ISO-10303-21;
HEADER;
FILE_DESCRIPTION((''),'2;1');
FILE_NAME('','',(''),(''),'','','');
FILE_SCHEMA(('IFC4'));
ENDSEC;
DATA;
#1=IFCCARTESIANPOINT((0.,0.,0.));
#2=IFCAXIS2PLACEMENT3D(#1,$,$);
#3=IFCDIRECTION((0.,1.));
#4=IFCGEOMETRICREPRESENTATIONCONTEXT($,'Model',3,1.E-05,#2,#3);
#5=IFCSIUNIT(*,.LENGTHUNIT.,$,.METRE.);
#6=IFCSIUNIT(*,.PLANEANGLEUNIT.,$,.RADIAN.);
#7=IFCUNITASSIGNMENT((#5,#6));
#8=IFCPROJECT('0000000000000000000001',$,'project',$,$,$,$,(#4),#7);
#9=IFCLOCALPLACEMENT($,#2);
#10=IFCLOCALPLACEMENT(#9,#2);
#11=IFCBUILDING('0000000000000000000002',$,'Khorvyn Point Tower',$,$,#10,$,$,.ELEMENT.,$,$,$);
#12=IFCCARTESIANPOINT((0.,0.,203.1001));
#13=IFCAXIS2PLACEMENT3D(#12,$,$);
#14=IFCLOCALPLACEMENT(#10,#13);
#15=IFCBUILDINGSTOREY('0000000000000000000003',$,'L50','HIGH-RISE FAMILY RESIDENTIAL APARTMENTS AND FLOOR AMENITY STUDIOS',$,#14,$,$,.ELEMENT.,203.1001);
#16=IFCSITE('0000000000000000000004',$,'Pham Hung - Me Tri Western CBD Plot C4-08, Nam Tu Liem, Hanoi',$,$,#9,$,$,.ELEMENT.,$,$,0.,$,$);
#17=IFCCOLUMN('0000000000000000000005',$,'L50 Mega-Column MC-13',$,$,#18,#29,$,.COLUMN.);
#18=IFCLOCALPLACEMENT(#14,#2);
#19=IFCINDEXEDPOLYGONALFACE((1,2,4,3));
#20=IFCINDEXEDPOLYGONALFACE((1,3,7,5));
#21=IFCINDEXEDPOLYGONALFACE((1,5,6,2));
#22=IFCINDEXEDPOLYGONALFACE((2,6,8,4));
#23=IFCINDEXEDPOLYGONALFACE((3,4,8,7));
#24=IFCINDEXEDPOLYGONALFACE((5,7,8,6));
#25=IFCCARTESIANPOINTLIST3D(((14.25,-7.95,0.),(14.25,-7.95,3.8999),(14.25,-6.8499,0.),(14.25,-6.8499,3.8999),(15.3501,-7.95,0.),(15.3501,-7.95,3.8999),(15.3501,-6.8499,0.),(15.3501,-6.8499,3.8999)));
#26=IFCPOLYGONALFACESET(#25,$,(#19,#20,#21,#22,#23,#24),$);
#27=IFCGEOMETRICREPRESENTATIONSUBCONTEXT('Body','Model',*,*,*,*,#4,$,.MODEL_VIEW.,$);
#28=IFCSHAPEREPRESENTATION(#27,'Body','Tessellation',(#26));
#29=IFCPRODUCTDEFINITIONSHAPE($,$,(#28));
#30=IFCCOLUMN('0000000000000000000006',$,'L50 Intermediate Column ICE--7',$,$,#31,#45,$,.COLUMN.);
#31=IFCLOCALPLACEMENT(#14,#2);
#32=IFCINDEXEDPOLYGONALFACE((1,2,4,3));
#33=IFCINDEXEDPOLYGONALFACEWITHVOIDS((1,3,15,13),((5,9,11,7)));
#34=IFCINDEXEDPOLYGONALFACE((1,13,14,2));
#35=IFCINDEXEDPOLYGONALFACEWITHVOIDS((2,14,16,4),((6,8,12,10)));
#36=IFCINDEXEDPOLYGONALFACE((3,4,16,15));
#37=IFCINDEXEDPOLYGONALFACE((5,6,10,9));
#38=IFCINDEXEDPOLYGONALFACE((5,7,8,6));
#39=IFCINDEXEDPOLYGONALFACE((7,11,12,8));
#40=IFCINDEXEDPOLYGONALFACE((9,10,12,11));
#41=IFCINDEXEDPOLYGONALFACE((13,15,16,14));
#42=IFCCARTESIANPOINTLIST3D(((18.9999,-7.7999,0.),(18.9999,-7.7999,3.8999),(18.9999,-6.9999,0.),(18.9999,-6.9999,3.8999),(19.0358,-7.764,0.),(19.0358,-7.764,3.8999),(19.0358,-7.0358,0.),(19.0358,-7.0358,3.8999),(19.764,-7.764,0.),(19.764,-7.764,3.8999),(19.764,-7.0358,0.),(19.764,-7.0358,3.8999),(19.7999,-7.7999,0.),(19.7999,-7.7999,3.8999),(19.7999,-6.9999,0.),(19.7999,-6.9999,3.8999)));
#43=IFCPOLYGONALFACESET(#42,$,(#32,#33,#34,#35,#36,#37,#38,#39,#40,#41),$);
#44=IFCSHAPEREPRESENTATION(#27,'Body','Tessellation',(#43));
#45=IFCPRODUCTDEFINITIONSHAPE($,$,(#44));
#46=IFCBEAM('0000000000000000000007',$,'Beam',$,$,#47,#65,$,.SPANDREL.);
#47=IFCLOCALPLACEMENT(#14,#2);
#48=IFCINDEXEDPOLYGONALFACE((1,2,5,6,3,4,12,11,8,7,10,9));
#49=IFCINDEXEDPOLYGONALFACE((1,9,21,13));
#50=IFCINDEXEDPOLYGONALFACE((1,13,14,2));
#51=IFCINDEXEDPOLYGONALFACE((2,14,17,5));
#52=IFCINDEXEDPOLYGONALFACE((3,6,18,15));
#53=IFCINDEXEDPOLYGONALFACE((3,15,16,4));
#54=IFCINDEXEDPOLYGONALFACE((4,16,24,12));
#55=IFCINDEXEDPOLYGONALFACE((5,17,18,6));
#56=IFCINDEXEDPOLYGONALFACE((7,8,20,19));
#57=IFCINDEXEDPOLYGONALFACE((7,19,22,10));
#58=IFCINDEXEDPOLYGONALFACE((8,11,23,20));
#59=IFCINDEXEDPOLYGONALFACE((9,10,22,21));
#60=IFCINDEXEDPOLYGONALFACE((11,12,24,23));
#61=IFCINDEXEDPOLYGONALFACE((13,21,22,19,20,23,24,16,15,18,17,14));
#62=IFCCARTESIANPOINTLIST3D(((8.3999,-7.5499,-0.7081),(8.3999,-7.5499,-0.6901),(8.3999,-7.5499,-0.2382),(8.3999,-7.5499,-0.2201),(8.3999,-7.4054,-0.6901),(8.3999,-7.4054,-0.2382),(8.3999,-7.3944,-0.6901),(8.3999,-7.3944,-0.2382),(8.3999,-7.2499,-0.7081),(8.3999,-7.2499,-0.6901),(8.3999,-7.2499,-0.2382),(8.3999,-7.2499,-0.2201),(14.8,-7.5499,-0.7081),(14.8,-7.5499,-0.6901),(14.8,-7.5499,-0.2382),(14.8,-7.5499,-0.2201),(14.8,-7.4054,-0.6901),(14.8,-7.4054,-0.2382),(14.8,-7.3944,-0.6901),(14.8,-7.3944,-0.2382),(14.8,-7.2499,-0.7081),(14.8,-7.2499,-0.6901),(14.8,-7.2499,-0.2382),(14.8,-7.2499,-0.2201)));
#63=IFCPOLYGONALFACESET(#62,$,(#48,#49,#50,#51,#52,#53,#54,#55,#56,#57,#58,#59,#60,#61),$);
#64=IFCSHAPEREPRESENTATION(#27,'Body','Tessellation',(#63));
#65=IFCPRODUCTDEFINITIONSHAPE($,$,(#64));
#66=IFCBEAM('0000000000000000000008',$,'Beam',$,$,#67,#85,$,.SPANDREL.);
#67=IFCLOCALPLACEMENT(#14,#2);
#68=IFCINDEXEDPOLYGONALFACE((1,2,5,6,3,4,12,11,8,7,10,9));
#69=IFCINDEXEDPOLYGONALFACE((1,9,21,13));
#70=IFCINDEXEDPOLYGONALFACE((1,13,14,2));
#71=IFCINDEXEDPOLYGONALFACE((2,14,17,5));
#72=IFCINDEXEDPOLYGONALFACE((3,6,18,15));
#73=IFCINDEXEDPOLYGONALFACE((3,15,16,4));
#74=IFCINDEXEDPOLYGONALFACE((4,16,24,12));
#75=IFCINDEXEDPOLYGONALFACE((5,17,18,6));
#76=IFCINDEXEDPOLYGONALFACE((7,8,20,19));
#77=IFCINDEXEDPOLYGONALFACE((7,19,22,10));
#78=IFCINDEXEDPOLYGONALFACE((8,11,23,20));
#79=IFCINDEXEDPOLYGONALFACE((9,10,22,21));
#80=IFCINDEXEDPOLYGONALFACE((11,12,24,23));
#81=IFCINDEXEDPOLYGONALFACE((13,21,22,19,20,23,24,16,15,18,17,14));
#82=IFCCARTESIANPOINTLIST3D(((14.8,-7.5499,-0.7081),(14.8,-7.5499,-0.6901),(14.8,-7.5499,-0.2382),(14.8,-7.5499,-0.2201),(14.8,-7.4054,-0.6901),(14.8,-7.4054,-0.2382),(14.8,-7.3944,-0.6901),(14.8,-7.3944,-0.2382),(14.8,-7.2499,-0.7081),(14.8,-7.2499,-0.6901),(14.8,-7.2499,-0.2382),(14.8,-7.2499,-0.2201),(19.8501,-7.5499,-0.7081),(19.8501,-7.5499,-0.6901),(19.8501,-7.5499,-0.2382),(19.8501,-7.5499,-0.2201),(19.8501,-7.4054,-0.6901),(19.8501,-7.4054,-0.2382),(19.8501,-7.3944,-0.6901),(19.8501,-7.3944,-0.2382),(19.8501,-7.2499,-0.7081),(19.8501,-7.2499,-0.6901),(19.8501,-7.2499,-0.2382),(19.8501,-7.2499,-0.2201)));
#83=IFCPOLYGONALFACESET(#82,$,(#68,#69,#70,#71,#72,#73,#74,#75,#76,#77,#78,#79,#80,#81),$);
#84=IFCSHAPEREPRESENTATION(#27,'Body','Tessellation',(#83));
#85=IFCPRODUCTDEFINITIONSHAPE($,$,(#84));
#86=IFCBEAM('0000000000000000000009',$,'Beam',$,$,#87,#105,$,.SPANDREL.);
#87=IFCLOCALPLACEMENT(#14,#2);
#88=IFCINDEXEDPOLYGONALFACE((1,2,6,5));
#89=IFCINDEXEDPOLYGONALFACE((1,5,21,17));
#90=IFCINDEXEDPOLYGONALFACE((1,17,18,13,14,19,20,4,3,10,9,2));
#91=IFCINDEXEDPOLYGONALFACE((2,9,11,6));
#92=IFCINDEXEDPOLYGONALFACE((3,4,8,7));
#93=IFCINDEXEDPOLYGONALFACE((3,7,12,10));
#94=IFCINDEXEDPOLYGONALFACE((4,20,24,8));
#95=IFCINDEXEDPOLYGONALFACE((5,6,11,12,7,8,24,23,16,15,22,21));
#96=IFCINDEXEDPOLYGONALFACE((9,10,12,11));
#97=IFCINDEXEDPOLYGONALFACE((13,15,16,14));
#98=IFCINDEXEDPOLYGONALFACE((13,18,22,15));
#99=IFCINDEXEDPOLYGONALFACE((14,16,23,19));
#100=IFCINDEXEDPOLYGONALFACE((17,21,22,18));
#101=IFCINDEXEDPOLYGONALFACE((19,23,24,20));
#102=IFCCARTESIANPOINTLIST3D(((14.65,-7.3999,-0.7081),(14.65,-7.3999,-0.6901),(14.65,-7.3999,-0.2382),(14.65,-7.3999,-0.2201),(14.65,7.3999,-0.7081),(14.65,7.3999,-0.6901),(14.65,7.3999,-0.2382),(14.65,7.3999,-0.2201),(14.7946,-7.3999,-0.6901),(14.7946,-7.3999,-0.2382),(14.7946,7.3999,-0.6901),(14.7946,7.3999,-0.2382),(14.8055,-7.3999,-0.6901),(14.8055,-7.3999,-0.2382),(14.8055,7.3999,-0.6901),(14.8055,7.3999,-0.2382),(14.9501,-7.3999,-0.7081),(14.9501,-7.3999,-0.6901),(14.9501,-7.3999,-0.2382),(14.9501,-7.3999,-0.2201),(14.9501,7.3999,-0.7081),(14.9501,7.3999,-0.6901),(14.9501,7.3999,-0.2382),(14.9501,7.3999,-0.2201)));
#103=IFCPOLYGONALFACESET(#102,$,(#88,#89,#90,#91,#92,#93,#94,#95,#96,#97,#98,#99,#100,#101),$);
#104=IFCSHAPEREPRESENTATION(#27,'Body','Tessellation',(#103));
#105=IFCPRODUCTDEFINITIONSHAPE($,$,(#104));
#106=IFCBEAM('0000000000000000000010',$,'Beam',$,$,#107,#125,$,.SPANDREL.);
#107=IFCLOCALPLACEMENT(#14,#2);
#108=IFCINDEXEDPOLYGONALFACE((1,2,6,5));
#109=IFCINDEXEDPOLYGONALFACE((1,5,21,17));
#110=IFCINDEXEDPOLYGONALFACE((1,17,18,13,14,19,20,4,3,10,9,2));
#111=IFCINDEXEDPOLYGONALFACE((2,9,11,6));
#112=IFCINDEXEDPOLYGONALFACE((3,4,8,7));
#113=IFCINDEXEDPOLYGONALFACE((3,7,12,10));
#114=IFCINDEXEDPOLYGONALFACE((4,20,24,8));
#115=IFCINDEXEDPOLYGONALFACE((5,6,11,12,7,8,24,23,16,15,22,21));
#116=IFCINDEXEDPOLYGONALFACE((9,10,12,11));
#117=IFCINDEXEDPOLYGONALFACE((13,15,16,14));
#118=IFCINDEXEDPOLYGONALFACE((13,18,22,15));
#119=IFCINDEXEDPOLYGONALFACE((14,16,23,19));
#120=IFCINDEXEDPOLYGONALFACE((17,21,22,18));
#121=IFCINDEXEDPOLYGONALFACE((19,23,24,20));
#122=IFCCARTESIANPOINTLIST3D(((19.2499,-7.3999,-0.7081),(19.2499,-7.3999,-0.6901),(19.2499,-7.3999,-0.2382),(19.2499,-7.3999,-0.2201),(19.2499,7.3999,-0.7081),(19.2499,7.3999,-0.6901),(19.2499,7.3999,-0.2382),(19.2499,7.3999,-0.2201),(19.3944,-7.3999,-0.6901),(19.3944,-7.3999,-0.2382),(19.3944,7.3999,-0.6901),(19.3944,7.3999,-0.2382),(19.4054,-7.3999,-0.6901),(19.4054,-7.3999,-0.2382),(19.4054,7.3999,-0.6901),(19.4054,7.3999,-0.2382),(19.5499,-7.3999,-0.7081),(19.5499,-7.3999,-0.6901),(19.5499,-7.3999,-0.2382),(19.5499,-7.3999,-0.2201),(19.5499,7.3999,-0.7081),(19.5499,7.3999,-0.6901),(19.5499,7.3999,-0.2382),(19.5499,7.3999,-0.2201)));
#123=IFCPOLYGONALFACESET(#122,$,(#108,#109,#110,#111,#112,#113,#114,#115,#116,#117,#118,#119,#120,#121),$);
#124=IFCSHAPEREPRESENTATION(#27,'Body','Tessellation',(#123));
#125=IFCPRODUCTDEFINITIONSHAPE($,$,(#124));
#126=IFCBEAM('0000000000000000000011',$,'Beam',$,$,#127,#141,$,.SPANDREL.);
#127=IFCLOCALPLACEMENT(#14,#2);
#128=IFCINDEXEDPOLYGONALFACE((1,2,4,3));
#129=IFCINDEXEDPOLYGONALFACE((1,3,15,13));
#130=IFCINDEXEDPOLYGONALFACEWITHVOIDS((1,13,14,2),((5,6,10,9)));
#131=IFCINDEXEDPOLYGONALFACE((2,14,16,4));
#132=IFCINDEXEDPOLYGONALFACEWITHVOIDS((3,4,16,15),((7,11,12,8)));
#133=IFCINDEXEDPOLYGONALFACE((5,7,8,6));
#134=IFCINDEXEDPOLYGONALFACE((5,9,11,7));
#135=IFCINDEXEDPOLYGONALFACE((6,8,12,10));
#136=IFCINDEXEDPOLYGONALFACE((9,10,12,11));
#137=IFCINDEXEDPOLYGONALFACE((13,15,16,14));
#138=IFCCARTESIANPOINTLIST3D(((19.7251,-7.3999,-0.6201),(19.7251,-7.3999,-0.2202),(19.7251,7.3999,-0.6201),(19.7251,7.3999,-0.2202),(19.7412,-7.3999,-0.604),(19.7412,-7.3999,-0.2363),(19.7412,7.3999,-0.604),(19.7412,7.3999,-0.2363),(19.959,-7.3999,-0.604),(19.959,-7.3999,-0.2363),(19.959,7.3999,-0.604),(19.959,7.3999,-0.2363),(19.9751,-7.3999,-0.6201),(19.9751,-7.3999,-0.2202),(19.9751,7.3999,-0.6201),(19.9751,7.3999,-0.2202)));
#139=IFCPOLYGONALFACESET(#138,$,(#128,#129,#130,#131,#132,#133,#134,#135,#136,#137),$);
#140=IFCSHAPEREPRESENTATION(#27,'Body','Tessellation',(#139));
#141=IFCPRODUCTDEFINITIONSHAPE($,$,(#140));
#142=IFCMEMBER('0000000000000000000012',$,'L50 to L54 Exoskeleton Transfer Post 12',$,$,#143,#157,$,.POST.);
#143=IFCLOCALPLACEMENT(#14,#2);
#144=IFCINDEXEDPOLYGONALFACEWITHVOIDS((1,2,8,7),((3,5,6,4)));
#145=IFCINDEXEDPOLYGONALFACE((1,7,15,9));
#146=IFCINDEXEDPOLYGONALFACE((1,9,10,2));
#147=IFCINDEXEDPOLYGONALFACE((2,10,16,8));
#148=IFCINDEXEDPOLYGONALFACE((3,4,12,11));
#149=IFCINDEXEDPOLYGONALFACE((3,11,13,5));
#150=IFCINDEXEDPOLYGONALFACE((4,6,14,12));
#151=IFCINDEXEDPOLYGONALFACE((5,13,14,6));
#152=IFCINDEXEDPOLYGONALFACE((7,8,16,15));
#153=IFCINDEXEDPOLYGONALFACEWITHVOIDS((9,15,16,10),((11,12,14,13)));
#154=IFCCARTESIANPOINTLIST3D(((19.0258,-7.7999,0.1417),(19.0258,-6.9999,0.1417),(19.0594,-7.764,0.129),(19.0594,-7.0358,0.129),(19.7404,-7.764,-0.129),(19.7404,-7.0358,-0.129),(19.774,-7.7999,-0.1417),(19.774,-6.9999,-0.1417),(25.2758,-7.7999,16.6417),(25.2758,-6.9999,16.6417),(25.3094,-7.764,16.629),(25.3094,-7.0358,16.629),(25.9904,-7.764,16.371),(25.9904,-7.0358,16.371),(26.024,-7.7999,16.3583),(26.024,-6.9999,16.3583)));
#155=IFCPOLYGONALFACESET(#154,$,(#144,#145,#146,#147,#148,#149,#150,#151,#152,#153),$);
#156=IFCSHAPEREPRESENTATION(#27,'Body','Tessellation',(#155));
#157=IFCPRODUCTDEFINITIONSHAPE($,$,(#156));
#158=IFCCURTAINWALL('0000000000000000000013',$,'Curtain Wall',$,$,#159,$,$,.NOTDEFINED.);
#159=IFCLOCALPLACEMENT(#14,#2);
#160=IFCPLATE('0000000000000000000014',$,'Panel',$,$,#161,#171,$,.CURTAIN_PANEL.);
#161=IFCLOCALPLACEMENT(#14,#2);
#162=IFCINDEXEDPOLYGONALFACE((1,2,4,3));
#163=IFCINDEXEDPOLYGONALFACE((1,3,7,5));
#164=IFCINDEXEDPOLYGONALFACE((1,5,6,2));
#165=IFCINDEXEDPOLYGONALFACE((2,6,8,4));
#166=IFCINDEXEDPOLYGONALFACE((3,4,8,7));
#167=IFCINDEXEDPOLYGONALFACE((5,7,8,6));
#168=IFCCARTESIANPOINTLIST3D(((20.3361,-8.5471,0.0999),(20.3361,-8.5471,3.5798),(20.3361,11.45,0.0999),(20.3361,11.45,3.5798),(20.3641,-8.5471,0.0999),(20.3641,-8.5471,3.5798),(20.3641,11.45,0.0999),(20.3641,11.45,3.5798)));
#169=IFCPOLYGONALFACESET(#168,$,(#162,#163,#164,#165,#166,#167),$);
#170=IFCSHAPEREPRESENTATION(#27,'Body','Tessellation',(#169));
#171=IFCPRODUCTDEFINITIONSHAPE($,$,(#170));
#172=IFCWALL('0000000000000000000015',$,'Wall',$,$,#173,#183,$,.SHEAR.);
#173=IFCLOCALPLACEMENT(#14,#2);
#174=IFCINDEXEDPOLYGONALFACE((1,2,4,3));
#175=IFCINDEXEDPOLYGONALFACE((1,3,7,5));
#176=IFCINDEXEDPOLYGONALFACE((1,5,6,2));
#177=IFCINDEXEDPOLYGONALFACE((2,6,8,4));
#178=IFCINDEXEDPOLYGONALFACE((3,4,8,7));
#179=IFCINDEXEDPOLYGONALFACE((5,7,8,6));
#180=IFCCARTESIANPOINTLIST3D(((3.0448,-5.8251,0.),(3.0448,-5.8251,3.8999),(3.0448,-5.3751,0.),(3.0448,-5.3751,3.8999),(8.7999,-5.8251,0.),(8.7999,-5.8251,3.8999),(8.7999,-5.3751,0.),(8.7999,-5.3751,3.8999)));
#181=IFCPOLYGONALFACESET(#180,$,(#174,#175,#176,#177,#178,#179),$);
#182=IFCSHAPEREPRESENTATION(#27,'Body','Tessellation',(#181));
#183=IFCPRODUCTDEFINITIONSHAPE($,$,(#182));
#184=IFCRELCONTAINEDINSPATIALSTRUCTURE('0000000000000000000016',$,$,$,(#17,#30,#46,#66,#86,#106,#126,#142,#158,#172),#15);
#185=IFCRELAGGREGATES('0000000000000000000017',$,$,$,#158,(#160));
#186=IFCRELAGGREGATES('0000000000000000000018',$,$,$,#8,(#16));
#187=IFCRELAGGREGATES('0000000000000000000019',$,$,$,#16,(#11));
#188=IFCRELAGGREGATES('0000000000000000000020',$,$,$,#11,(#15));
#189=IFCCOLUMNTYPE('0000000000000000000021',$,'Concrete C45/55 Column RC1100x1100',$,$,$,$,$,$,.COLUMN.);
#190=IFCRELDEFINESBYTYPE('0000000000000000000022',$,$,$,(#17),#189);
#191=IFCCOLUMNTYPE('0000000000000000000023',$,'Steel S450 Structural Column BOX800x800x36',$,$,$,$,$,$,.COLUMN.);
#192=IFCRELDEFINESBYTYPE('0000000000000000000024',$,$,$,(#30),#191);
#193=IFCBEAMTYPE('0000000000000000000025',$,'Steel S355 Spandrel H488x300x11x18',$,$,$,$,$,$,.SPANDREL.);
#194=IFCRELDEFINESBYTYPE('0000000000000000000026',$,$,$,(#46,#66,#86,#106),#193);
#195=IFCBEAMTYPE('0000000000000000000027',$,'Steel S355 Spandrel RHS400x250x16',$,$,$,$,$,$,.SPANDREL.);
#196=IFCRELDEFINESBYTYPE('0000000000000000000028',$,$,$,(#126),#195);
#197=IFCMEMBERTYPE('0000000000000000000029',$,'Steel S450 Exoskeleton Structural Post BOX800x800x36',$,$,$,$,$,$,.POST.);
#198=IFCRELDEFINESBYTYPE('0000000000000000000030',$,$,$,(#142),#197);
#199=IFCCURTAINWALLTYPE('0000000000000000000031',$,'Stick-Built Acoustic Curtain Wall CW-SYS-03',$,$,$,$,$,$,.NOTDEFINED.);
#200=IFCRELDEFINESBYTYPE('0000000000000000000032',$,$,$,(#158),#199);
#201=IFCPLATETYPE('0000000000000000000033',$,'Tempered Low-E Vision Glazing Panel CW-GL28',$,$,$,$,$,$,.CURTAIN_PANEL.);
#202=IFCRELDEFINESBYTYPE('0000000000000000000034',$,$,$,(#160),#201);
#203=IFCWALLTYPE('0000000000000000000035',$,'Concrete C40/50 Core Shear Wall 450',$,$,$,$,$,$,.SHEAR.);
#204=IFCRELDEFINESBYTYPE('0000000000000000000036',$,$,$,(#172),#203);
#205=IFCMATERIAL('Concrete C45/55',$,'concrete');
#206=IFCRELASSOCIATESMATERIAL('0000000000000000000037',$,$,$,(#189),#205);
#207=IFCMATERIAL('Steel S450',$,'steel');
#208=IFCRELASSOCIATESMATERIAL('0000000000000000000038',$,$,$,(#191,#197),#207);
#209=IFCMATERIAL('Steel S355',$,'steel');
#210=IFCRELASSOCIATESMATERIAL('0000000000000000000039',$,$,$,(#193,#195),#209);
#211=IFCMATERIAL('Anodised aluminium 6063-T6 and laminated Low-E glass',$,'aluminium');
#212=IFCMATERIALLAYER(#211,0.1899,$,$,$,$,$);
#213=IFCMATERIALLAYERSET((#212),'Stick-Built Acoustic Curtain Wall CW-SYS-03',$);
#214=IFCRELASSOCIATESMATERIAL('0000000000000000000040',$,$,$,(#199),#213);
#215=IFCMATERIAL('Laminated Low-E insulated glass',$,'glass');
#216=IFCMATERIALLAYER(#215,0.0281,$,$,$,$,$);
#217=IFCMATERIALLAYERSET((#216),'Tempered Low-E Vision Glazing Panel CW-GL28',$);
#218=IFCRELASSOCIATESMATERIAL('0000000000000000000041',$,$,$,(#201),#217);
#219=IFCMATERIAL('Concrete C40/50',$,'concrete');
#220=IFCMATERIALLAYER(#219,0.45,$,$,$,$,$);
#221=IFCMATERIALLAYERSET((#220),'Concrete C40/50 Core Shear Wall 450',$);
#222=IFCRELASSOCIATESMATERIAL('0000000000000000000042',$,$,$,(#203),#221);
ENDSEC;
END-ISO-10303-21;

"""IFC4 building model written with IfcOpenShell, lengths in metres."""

from ifc_helpers import new_model, si_unit, direction, frame, frame_2d, origin, origin_2d, place, context, subcontext, project, spatial, rectangle, hollow_rectangle, i_section, extrude, material, layer, layer_set, material_profile, profile_set, type_object, element, aggregate, save


model = new_model("IFC4")

# Units and contexts
model_context = context("Model", 3, precision=1e-05, world=origin(), true_north=direction((0.0, 1.0)))
body_context = subcontext(model_context, "Body", "Model", "MODEL_VIEW")
ifc_project = project(units=[si_unit("LENGTHUNIT", "METRE"), si_unit("PLANEANGLEUNIT", "RADIAN")], contexts=[model_context])

# Site, building, storey
site_placement = place(None, origin())
site = spatial("IfcSite", under=ifc_project, at=site_placement, Name="Pham Hung - Me Tri Western CBD Plot C4-08, Nam Tu Liem, Hanoi", CompositionType="ELEMENT", RefElevation=0.0)
building_placement = place(site_placement, origin())
building = spatial("IfcBuilding", under=site, at=building_placement, Name="Khorvyn Point Tower", CompositionType="ELEMENT")
storey_placement = place(building_placement, frame((0.0, 0.0, 203.1001)))
storey = spatial("IfcBuildingStorey", under=building, at=storey_placement, Name="L50", Description="HIGH-RISE FAMILY RESIDENTIAL APARTMENTS AND FLOOR AMENITY STUDIOS", CompositionType="ELEMENT", Elevation=203.1001)

# Columns
ifc_material_1 = material(Name="Concrete C45/55", Category="concrete")
ifc_material_profile_1 = material_profile(ifc_material_1, rectangle(XDim=1.1001, YDim=1.1001, at=origin_2d()))
ifc_profile_set_1 = profile_set([ifc_material_profile_1], Name="Concrete C45/55 RC1100x1100")
column_type_1 = type_object("IfcColumnType", Name="Concrete C45/55 Column RC1100x1100", PredefinedType="COLUMN", material=ifc_profile_set_1)
column_1_placement = place(storey_placement, frame((14.8, -7.3999, 0.0), z_axis=(0.0, 0.0, 1.0), x_axis=(1.0, 0.0, 0.0)))
element("IfcColumn", 1, at=column_1_placement, inside=storey, type_object=column_type_1, Name="L50 Mega-Column MC-13", PredefinedType="COLUMN", context=body_context, shape_type="SweptSolid", body=[
    extrude(rectangle(XDim=1.1001, YDim=1.1001, at=origin_2d()), origin(), (0.0, 0.0, 1.0), 3.8999),
])
ifc_material_2 = material(Name="Steel S450", Category="steel")
ifc_material_profile_2 = material_profile(ifc_material_2, hollow_rectangle(XDim=0.8, YDim=0.8, WallThickness=0.0359, at=origin_2d()))
ifc_profile_set_2 = profile_set([ifc_material_profile_2], Name="Steel S450 BOX800x800x36")
column_type_2 = type_object("IfcColumnType", Name="Steel S450 Structural Column BOX800x800x36", PredefinedType="COLUMN", material=ifc_profile_set_2)
column_2_placement = place(storey_placement, frame((19.3999, -7.3999, 0.0), z_axis=(0.0, 0.0, 1.0), x_axis=(1.0, 0.0, 0.0)))
element("IfcColumn", 2, at=column_2_placement, inside=storey, type_object=column_type_2, Name="L50 Intermediate Column ICE--7", PredefinedType="COLUMN", context=body_context, shape_type="SweptSolid", body=[
    extrude(hollow_rectangle(XDim=0.8, YDim=0.8, WallThickness=0.0359, at=origin_2d()), origin(), (0.0, 0.0, 1.0), 3.8999),
])

# Beams
ifc_material_3 = material(Name="Steel S355", Category="steel")
ifc_material_profile_3 = material_profile(ifc_material_3, i_section(OverallWidth=0.3, OverallDepth=0.488, WebThickness=0.011, FlangeThickness=0.0181, at=origin_2d()))
ifc_profile_set_3 = profile_set([ifc_material_profile_3], Name="Steel S355 H488x300x11x18")
beam_type_1 = type_object("IfcBeamType", Name="Steel S355 Spandrel H488x300x11x18", PredefinedType="SPANDREL", material=ifc_profile_set_3)
beam_1_placement = place(storey_placement, frame((8.3999, -7.3999, -0.4641), z_axis=(1.0, 0.0, 0.0), x_axis=(0.0, 1.0, 0.0)))
element("IfcBeam", 3, at=beam_1_placement, inside=storey, type_object=beam_type_1, Name="Beam", PredefinedType="SPANDREL", context=body_context, shape_type="SweptSolid", body=[
    extrude(i_section(OverallWidth=0.3, OverallDepth=0.488, WebThickness=0.011, FlangeThickness=0.0181, at=origin_2d()), origin(), (0.0, 0.0, 1.0), 6.4001),
])
beam_2_placement = place(storey_placement, frame((14.8, -7.3999, -0.4641), z_axis=(1.0, 0.0, 0.0), x_axis=(0.0, 1.0, 0.0)))
element("IfcBeam", 4, at=beam_2_placement, inside=storey, type_object=beam_type_1, Name="Beam", PredefinedType="SPANDREL", context=body_context, shape_type="SweptSolid", body=[
    extrude(i_section(OverallWidth=0.3, OverallDepth=0.488, WebThickness=0.011, FlangeThickness=0.0181, at=origin_2d()), origin(), (0.0, 0.0, 1.0), 5.05),
])
for number, where, z_axis, x_axis, name in (
    (5, (14.8, -7.3999, -0.4641), (0.0, 1.0, 0.0), (-1.0, 0.0, 0.0), "Beam"),
    (6, (19.3999, -7.3999, -0.4641), (0.0, 1.0, 0.0), (-1.0, 0.0, 0.0), "Beam"),
):
    element("IfcBeam", number, at=place(storey_placement, frame(where, z_axis=z_axis, x_axis=x_axis)), inside=storey, type_object=beam_type_1, Name=name, PredefinedType="SPANDREL", context=body_context, shape_type="SweptSolid", body=[
        extrude(i_section(OverallWidth=0.3, OverallDepth=0.488, WebThickness=0.011, FlangeThickness=0.0181, at=origin_2d()), origin(), (0.0, 0.0, 1.0), 14.7998),
    ])
ifc_material_profile_4 = material_profile(ifc_material_3, hollow_rectangle(XDim=0.25, YDim=0.3999, WallThickness=0.0161, at=origin_2d()))
ifc_profile_set_4 = profile_set([ifc_material_profile_4], Name="Steel S355 RHS400x250x16")
beam_type_2 = type_object("IfcBeamType", Name="Steel S355 Spandrel RHS400x250x16", PredefinedType="SPANDREL", material=ifc_profile_set_4)
beam_3_placement = place(storey_placement, frame((19.8501, -7.3999, -0.4202), z_axis=(0.0, 1.0, 0.0), x_axis=(-1.0, 0.0, 0.0)))
element("IfcBeam", 7, at=beam_3_placement, inside=storey, type_object=beam_type_2, Name="Beam", PredefinedType="SPANDREL", context=body_context, shape_type="SweptSolid", body=[
    extrude(hollow_rectangle(XDim=0.25, YDim=0.3999, WallThickness=0.0161, at=origin_2d()), origin(), (0.0, 0.0, 1.0), 14.7998),
])

# Member
ifc_material_profile_5 = material_profile(ifc_material_2, hollow_rectangle(XDim=0.8, YDim=0.8, WallThickness=0.0359, at=origin_2d()))
ifc_profile_set_5 = profile_set([ifc_material_profile_5], Name="Steel S450 BOX800x800x36")
member_type = type_object("IfcMemberType", Name="Steel S450 Exoskeleton Structural Post BOX800x800x36", PredefinedType="POST", material=ifc_profile_set_5)
member_placement = place(storey_placement, frame((19.3999, -7.3999, 0.0), z_axis=(0.354227, 0.0, 0.935159), x_axis=(0.0, 1.0, 0.0)))
element("IfcMember", 8, at=member_placement, inside=storey, type_object=member_type, Name="L50 to L54 Exoskeleton Transfer Post 12", PredefinedType="POST", context=body_context, shape_type="SweptSolid", body=[
    extrude(hollow_rectangle(XDim=0.8, YDim=0.8, WallThickness=0.0359, at=origin_2d()), origin(), (0.0, 0.0, 1.0), 17.644),
])

# Curtain wall, plate
ifc_material_4 = material(Name="Anodised aluminium 6063-T6 and laminated Low-E glass", Category="aluminium")
ifc_layer_1 = layer(ifc_material_4, 0.1899)
ifc_layer_set_1 = layer_set([ifc_layer_1], Name="Stick-Built Acoustic Curtain Wall CW-SYS-03")
curtain_wall_type = type_object("IfcCurtainWallType", Name="Stick-Built Acoustic Curtain Wall CW-SYS-03", PredefinedType="NOTDEFINED", material=ifc_layer_set_1)
curtain_wall_placement = place(storey_placement, origin())
curtain_wall = element("IfcCurtainWall", 9, at=curtain_wall_placement, inside=storey, type_object=curtain_wall_type, Name="Curtain Wall", PredefinedType="NOTDEFINED")
ifc_material_5 = material(Name="Laminated Low-E insulated glass", Category="glass")
ifc_layer_2 = layer(ifc_material_5, 0.0281)
ifc_layer_set_2 = layer_set([ifc_layer_2], Name="Tempered Low-E Vision Glazing Panel CW-GL28")
plate_type = type_object("IfcPlateType", Name="Tempered Low-E Vision Glazing Panel CW-GL28", PredefinedType="CURTAIN_PANEL", material=ifc_layer_set_2)
plate_placement = place(storey_placement, frame((20.3501, 1.4514, 0.0999), z_axis=(0.0, 0.0, 1.0), x_axis=(0.0, -1.0, 0.0)))
plate = element("IfcPlate", 10, at=plate_placement, type_object=plate_type, Name="Panel", PredefinedType="CURTAIN_PANEL", context=body_context, shape_type="SweptSolid", body=[
    extrude(rectangle(XDim=19.9971, YDim=0.0281, at=origin_2d()), origin(), (0.0, 0.0, 1.0), 3.48),
])
aggregate(curtain_wall, [plate])

# Wall
ifc_material_6 = material(Name="Concrete C40/50", Category="concrete")
ifc_layer_3 = layer(ifc_material_6, 0.45)
ifc_layer_set_3 = layer_set([ifc_layer_3], Name="Concrete C40/50 Core Shear Wall 450")
wall_type_1 = type_object("IfcWallType", Name="Concrete C40/50 Core Shear Wall 450", PredefinedType="SHEAR", material=ifc_layer_set_3)
for number, where, z_axis, x_axis, name in (
    (11, (3.0449, -5.6001, 0.0), (0.0, 0.0, 1.0), (1.0, 0.0, 0.0), "Wall"),
):
    element("IfcWall", number, at=place(storey_placement, frame(where, z_axis=z_axis, x_axis=x_axis)), inside=storey, type_object=wall_type_1, Name=name, PredefinedType="SHEAR", context=body_context, shape_type="SweptSolid", body=[
        extrude(rectangle(XDim=5.7551, YDim=0.45, at=frame_2d((2.8774, 0.0))), origin(), (0.0, 0.0, 1.0), 3.8999),
    ])

save(model, "model.ifc")
